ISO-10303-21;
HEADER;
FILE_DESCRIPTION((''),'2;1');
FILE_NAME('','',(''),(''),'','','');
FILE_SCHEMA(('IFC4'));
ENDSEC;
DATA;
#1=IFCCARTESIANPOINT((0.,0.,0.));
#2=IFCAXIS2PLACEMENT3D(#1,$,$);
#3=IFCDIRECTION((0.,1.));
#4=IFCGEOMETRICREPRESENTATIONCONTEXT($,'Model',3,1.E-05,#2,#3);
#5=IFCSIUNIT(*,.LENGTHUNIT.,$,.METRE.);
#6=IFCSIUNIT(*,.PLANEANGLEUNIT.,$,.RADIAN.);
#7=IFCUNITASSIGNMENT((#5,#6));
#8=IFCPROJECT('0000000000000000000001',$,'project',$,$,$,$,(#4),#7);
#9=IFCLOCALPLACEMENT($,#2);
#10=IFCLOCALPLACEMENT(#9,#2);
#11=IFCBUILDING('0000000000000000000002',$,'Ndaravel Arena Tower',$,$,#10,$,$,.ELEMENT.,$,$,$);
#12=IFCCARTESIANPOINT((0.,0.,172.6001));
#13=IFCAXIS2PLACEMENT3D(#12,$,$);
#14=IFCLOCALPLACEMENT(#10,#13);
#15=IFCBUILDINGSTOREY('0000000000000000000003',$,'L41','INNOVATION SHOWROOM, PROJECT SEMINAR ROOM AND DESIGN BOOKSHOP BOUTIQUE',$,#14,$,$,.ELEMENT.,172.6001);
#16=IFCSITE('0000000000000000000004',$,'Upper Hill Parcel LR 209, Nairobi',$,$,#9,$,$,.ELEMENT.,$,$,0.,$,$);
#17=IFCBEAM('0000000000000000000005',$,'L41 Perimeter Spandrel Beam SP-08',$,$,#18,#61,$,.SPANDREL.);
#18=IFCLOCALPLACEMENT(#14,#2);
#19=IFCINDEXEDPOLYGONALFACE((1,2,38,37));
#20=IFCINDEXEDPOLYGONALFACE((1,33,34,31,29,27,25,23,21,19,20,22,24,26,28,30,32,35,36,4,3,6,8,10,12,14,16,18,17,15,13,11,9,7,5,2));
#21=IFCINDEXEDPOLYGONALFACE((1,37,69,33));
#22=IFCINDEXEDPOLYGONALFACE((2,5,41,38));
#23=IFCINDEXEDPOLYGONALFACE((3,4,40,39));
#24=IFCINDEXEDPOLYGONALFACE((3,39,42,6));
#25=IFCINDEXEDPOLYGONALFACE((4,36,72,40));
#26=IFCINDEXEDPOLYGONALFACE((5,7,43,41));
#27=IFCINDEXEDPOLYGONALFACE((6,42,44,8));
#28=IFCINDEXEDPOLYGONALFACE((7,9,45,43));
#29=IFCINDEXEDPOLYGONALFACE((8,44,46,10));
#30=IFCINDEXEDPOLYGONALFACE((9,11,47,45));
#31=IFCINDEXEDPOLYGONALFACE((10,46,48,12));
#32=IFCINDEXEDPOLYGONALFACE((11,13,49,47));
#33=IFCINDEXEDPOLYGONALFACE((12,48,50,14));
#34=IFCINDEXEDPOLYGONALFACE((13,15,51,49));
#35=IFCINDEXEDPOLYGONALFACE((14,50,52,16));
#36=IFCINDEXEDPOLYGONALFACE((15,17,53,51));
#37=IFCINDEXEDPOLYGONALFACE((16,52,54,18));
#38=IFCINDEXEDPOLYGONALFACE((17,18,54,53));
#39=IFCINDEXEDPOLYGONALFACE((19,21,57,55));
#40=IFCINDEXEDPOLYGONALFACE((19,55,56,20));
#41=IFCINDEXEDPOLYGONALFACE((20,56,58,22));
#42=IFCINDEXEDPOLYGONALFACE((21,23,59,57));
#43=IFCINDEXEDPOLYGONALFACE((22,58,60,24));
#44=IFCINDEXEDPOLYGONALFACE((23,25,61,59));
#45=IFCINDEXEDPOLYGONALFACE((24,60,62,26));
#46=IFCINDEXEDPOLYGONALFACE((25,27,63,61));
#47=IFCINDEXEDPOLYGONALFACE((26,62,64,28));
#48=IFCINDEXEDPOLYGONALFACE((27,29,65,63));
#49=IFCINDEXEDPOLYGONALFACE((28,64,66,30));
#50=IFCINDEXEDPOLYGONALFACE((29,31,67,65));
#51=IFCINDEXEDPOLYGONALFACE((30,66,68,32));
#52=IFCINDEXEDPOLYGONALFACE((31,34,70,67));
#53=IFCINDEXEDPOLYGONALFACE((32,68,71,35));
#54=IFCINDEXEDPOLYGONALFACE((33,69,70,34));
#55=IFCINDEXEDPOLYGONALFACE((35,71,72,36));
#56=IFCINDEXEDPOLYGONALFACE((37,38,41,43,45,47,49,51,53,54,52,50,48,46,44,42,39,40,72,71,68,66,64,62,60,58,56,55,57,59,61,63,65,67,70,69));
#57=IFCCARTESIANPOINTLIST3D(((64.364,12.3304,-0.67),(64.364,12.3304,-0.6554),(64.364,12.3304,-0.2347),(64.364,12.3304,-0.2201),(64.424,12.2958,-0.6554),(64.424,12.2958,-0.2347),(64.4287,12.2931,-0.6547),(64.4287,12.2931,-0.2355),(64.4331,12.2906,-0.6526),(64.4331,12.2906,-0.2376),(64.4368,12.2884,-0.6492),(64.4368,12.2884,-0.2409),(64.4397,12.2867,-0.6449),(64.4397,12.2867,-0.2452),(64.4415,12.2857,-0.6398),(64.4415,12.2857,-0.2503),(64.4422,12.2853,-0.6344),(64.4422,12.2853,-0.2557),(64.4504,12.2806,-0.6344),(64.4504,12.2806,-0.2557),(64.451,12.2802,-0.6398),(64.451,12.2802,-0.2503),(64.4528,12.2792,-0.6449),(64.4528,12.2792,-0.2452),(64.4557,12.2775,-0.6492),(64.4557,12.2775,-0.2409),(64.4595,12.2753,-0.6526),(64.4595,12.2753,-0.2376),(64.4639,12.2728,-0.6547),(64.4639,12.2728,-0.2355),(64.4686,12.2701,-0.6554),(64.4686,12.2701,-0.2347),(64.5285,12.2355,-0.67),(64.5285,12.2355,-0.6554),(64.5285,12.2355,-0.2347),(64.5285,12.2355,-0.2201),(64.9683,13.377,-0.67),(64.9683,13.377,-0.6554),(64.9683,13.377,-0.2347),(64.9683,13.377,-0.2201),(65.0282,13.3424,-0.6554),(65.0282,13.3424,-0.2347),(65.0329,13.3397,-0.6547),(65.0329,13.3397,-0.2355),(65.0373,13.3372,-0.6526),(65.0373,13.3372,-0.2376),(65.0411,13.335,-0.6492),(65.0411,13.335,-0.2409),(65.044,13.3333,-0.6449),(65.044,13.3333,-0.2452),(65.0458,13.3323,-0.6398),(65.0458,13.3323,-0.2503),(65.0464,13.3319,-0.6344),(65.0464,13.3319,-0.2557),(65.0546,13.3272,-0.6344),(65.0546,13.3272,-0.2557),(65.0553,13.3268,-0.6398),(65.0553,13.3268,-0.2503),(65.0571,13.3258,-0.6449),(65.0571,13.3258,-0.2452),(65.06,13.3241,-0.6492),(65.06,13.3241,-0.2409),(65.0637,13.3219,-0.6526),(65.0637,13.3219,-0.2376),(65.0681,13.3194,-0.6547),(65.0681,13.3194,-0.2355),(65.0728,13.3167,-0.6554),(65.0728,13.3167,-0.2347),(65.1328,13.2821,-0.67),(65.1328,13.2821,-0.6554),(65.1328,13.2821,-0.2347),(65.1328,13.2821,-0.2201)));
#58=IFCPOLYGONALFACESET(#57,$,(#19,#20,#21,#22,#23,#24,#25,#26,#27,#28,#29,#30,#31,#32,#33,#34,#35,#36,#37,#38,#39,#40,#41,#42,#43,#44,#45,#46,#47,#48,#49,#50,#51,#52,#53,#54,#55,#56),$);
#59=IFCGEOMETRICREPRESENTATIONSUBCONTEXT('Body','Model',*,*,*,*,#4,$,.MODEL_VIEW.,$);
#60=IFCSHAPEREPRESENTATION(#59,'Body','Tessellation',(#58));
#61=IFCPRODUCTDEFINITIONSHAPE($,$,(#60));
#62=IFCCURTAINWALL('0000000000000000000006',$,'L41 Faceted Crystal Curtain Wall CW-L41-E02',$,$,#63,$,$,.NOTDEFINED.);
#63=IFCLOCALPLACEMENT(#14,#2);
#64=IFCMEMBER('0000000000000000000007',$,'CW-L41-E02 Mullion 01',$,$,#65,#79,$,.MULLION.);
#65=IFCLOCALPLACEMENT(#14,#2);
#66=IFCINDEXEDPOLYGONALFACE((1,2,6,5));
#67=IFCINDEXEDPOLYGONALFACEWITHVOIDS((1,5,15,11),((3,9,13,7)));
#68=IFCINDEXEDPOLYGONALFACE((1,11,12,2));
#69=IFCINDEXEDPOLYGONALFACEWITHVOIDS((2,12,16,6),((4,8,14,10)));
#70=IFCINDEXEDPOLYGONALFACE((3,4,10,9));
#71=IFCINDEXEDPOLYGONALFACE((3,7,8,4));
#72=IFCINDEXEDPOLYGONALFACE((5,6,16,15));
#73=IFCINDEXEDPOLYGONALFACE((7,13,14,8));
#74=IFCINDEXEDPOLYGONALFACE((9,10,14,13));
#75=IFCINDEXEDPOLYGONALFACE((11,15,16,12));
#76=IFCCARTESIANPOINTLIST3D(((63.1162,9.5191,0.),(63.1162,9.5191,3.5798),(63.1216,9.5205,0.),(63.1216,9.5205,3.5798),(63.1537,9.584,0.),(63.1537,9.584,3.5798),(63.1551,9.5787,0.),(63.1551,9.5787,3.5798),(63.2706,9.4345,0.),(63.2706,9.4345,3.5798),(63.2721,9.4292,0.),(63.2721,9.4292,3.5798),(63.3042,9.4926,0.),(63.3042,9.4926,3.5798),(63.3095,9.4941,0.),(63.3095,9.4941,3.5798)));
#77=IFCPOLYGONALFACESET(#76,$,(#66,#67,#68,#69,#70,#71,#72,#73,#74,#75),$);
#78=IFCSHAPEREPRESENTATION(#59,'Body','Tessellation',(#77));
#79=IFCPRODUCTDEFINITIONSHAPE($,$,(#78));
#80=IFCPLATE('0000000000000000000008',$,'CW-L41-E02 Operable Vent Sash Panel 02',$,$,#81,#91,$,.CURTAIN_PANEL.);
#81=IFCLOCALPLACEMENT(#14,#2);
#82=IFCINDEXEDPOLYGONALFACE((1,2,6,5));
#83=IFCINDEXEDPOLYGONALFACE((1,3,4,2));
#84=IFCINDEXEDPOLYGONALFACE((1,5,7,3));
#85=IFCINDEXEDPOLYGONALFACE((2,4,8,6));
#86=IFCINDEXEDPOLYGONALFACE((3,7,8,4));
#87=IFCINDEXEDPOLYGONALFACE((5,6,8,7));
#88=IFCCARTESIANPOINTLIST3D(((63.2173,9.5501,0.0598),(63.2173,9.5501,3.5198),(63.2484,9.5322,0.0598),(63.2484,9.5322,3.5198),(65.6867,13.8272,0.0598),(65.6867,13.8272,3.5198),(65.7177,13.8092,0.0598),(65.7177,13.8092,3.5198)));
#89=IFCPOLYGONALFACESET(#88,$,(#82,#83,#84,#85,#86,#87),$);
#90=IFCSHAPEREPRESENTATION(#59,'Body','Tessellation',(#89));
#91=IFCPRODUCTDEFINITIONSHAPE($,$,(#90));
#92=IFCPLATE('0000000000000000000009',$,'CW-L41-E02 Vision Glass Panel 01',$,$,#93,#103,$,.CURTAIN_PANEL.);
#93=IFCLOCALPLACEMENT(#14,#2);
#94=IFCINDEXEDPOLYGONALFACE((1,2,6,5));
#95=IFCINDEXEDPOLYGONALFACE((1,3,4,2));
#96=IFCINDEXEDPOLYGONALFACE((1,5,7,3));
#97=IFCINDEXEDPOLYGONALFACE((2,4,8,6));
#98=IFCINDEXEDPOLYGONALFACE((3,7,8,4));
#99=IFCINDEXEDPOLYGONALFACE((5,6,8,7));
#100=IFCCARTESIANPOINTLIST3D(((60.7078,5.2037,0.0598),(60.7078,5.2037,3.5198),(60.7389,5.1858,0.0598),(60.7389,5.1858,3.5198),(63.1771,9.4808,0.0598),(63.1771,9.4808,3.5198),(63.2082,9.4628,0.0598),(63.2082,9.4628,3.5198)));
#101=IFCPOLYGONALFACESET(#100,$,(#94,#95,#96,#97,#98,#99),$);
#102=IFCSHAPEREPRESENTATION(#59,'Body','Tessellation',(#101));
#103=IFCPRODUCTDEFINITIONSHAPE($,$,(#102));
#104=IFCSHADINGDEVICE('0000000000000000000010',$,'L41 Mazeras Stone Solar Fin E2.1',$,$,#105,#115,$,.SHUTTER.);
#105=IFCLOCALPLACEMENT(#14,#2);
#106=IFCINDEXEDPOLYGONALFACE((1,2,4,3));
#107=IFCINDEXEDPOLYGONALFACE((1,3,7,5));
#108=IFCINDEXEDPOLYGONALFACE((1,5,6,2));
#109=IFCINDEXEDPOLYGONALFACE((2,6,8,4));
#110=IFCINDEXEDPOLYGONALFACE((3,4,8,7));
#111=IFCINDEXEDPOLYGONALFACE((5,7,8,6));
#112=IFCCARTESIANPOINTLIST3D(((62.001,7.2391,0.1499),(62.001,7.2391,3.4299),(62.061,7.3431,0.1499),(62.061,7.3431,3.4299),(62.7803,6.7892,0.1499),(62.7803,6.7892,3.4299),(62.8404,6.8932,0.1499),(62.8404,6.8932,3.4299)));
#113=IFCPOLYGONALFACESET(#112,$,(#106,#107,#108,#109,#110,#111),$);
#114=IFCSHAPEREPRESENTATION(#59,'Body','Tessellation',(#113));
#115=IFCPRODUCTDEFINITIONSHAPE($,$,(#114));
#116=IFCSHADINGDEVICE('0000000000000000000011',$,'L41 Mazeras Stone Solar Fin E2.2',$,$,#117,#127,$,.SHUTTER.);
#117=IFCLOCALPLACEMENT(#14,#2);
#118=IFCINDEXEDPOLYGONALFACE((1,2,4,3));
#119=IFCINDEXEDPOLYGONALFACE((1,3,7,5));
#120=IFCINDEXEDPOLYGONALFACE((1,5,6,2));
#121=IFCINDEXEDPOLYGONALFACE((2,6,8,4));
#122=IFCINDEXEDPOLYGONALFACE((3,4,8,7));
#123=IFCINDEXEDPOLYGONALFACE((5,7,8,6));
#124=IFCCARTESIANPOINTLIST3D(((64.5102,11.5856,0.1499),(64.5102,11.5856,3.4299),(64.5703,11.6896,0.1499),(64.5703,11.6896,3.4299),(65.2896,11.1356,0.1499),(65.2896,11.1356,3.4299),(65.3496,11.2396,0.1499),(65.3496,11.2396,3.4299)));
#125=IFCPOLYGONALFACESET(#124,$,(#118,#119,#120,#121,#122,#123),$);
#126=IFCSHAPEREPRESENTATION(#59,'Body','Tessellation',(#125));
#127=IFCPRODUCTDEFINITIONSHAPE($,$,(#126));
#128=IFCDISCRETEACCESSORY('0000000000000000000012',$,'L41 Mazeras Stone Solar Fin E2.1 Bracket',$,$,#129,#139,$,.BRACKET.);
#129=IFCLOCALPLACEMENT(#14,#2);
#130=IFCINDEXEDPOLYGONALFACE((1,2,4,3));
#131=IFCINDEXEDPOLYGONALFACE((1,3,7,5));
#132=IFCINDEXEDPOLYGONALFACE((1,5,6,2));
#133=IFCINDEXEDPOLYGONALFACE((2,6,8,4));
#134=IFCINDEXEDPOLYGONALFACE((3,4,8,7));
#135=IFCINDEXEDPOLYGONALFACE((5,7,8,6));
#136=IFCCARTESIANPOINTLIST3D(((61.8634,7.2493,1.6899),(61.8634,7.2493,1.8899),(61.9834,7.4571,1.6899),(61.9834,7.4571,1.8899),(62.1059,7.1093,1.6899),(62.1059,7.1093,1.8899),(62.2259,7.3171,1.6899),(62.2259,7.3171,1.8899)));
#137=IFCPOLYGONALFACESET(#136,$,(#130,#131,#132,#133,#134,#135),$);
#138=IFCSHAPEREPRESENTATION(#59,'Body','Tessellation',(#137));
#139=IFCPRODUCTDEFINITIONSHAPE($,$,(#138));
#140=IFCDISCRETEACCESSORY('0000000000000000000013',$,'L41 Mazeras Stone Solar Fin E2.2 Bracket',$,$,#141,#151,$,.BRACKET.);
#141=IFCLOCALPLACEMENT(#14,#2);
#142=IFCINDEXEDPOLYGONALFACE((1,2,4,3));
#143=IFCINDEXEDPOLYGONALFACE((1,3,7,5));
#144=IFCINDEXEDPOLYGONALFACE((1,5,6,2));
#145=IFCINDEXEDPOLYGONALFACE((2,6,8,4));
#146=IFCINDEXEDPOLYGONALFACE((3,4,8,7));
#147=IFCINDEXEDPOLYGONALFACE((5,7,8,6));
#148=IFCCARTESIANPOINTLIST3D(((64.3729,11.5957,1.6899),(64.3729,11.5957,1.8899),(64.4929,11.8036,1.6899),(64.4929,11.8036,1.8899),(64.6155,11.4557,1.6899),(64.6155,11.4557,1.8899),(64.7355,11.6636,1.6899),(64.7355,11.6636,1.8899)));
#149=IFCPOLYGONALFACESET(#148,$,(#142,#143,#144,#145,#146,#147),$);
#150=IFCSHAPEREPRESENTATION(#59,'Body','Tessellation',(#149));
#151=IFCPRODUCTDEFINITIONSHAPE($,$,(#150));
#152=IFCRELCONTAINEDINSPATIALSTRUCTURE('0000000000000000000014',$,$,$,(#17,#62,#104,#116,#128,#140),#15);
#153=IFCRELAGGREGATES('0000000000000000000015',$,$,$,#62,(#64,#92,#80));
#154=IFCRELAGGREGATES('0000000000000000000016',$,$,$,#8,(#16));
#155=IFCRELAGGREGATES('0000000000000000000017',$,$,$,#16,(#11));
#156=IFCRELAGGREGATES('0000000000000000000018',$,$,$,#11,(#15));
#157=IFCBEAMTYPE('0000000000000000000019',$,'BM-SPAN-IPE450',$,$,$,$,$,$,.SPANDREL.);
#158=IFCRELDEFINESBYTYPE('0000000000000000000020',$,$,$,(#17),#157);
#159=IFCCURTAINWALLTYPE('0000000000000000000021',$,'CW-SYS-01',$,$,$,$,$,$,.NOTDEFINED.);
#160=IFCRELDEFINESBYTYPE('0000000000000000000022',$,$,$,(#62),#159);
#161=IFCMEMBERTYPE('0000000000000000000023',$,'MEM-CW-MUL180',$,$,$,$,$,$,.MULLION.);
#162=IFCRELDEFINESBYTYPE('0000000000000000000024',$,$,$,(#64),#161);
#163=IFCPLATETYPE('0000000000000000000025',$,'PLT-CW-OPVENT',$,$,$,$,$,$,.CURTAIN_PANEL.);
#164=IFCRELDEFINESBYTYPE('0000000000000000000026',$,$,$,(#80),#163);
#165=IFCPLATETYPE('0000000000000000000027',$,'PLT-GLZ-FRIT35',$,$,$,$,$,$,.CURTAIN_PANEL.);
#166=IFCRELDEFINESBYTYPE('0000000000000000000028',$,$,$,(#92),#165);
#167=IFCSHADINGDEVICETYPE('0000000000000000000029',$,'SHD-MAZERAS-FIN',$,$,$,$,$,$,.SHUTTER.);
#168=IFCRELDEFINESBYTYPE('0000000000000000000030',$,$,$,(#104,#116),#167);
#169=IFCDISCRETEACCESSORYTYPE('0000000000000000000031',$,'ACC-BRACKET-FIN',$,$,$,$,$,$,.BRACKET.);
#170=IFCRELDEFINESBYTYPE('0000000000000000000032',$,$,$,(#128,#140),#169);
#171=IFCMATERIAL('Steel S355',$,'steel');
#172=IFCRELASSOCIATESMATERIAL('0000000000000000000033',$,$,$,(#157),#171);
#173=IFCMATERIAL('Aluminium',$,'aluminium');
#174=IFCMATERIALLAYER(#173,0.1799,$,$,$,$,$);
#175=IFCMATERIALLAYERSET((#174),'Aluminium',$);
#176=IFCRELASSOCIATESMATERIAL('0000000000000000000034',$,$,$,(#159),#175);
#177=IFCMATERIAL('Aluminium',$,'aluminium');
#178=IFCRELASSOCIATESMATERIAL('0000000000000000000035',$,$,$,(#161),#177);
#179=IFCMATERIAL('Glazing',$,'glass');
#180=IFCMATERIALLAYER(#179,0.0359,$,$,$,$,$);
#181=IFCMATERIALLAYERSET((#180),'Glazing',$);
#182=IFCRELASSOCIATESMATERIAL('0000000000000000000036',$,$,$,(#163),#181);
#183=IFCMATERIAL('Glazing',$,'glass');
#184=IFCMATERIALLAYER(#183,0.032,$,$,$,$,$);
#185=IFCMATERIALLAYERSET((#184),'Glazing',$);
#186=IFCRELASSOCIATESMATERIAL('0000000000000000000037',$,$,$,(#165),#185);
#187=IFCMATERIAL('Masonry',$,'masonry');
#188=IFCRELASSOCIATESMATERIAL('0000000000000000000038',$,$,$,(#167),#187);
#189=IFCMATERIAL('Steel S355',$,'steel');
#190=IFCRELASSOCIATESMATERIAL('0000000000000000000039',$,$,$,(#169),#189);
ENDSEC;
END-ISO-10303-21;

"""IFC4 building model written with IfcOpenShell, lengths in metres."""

from ifc_helpers import new_model, si_unit, direction, frame, origin, origin_2d, place, context, subcontext, project, spatial, rectangle, hollow_rectangle, i_section, extrude, material, layer, layer_set, material_profile, profile_set, type_object, element, aggregate, save


model = new_model("IFC4")

# Units and contexts
model_context = context("Model", 3, precision=1e-05, world=origin(), true_north=direction((0.0, 1.0)))
body_context = subcontext(model_context, "Body", "Model", "MODEL_VIEW")
ifc_project = project(units=[si_unit("LENGTHUNIT", "METRE"), si_unit("PLANEANGLEUNIT", "RADIAN")], contexts=[model_context])

# Site, building, storey
site_placement = place(None, origin())
site = spatial("IfcSite", under=ifc_project, at=site_placement, Name="Upper Hill Parcel LR 209, Nairobi", CompositionType="ELEMENT", RefElevation=0.0)
building_placement = place(site_placement, origin())
building = spatial("IfcBuilding", under=site, at=building_placement, Name="Ndaravel Arena Tower", CompositionType="ELEMENT")
storey_placement = place(building_placement, frame((0.0, 0.0, 172.6001)))
storey = spatial("IfcBuildingStorey", under=building, at=storey_placement, Name="L41", Description="INNOVATION SHOWROOM, PROJECT SEMINAR ROOM AND DESIGN BOOKSHOP BOUTIQUE", CompositionType="ELEMENT", Elevation=172.6001)

# Beam
ifc_material_1 = material(Name="Steel S355", Category="steel")
ifc_material_profile_1 = material_profile(ifc_material_1, i_section(OverallWidth=0.1899, OverallDepth=0.45, WebThickness=0.0095, FlangeThickness=0.0146, FilletRadius=0.021, at=origin_2d()), Name="IPE 450")
ifc_profile_set_1 = profile_set([ifc_material_profile_1], Name="Steel S355")
beam_type = type_object("IfcBeamType", Name="BM-SPAN-IPE450", PredefinedType="SPANDREL", material=ifc_profile_set_1)
for number, where, z_axis, x_axis, name in (
    (1, (64.4463, 12.283, -0.4451), (0.499985, 0.866034, 0.0), (-0.866034, 0.499985, 0.0), "L41 Perimeter Spandrel Beam SP-08"),
):
    element("IfcBeam", number, at=place(storey_placement, frame(where, z_axis=z_axis, x_axis=x_axis)), inside=storey, type_object=beam_type, Name=name, PredefinedType="SPANDREL", context=body_context, shape_type="SweptSolid", body=[
        extrude(i_section(OverallWidth=0.1899, OverallDepth=0.45, WebThickness=0.0095, FlangeThickness=0.0146, FilletRadius=0.021, at=origin_2d()), origin(), (0.0, 0.0, 1.0), 1.2085),
    ])

# Curtain wall, member, plates
ifc_material_2 = material(Name="Aluminium", Category="aluminium")
ifc_layer_1 = layer(ifc_material_2, 0.1799)
ifc_layer_set_1 = layer_set([ifc_layer_1], Name="Aluminium")
curtain_wall_type = type_object("IfcCurtainWallType", Name="CW-SYS-01", PredefinedType="NOTDEFINED", material=ifc_layer_set_1)
curtain_wall_placement = place(storey_placement, origin())
curtain_wall = element("IfcCurtainWall", 2, at=curtain_wall_placement, inside=storey, type_object=curtain_wall_type, Name="L41 Faceted Crystal Curtain Wall CW-L41-E02", PredefinedType="NOTDEFINED")
ifc_material_3 = material(Name="Aluminium", Category="aluminium")
ifc_material_profile_2 = material_profile(ifc_material_3, hollow_rectangle(XDim=0.075, YDim=0.1799, WallThickness=0.0039, at=origin_2d()), Name="CW MULLION 75x180x4")
ifc_profile_set_2 = profile_set([ifc_material_profile_2], Name="Aluminium")
member_type = type_object("IfcMemberType", Name="MEM-CW-MUL180", PredefinedType="MULLION", material=ifc_profile_set_2)
member_placement = place(storey_placement, frame((63.2129, 9.5066, 0.0), z_axis=(0.0, 0.0, 1.0), x_axis=(0.5, 0.866025, 0.0)))
member = element("IfcMember", 3, at=member_placement, type_object=member_type, Name="CW-L41-E02 Mullion 01", PredefinedType="MULLION", context=body_context, shape_type="SweptSolid", body=[
    extrude(hollow_rectangle(XDim=0.075, YDim=0.1799, WallThickness=0.0039, at=origin_2d()), origin(), (0.0, 0.0, 1.0), 3.5798),
])
ifc_material_4 = material(Name="Glazing", Category="glass")
ifc_layer_2 = layer(ifc_material_4, 0.0359)
ifc_layer_set_2 = layer_set([ifc_layer_2], Name="Glazing")
plate_type_1 = type_object("IfcPlateType", Name="PLT-CW-OPVENT", PredefinedType="CURTAIN_PANEL", material=ifc_layer_set_2)
plate_1_placement = place(storey_placement, frame((64.4675, 11.6797, 0.0598), z_axis=(0.0, 0.0, 1.0), x_axis=(0.5, 0.866025, 0.0)))
plate_1 = element("IfcPlate", 4, at=plate_1_placement, type_object=plate_type_1, Name="CW-L41-E02 Operable Vent Sash Panel 02", PredefinedType="CURTAIN_PANEL", context=body_context, shape_type="SweptSolid", body=[
    extrude(rectangle(XDim=4.9387, YDim=0.0359, at=origin_2d()), origin(), (0.0, 0.0, 1.0), 3.46),
])
ifc_material_5 = material(Name="Glazing", Category="glass")
ifc_layer_3 = layer(ifc_material_5, 0.032)
ifc_layer_set_3 = layer_set([ifc_layer_3], Name="Glazing")
plate_type_2 = type_object("IfcPlateType", Name="PLT-GLZ-FRIT35", PredefinedType="CURTAIN_PANEL", material=ifc_layer_set_3)
plate_2_placement = place(storey_placement, frame((61.958, 7.3333, 0.0598), z_axis=(0.0, 0.0, 1.0), x_axis=(0.5, 0.866025, 0.0)))
plate_2 = element("IfcPlate", 5, at=plate_2_placement, type_object=plate_type_2, Name="CW-L41-E02 Vision Glass Panel 01", PredefinedType="CURTAIN_PANEL", context=body_context, shape_type="SweptSolid", body=[
    extrude(rectangle(XDim=4.9387, YDim=0.0359, at=origin_2d()), origin(), (0.0, 0.0, 1.0), 3.46),
])
aggregate(curtain_wall, [member, plate_2, plate_1])

# Shading devices
ifc_material_6 = material(Name="Masonry", Category="masonry")
shading_device_type = type_object("IfcShadingDeviceType", Name="SHD-MAZERAS-FIN", PredefinedType="SHUTTER", material=ifc_material_6)
for number, where, z_axis, x_axis, name in (
    (6, (62.4207, 7.0662, 0.1499), (0.0, 0.0, 1.0), (0.866025, -0.5, 0.0), "L41 Mazeras Stone Solar Fin E2.1"),
    (7, (64.9299, 11.4126, 0.1499), (0.0, 0.0, 1.0), (0.866025, -0.5, 0.0), "L41 Mazeras Stone Solar Fin E2.2"),
):
    element("IfcShadingDevice", number, at=place(storey_placement, frame(where, z_axis=z_axis, x_axis=x_axis)), inside=storey, type_object=shading_device_type, Name=name, PredefinedType="SHUTTER", context=body_context, shape_type="SweptSolid", body=[
        extrude(rectangle(XDim=0.8999, YDim=0.1201, at=origin_2d()), origin(), (0.0, 0.0, 1.0), 3.28),
    ])

# Discrete accessories
ifc_material_7 = material(Name="Steel S355", Category="steel")
discrete_accessory_type = type_object("IfcDiscreteAccessoryType", Name="ACC-BRACKET-FIN", PredefinedType="BRACKET", material=ifc_material_7)
for number, where, z_axis, x_axis, name in (
    (8, (62.0447, 7.2832, 1.6899), (0.0, 0.0, 1.0), (0.866025, -0.5, 0.0), "L41 Mazeras Stone Solar Fin E2.1 Bracket"),
    (9, (64.5542, 11.6296, 1.6899), (0.0, 0.0, 1.0), (0.866025, -0.5, 0.0), "L41 Mazeras Stone Solar Fin E2.2 Bracket"),
):
    element("IfcDiscreteAccessory", number, at=place(storey_placement, frame(where, z_axis=z_axis, x_axis=x_axis)), inside=storey, type_object=discrete_accessory_type, Name=name, PredefinedType="BRACKET", context=body_context, shape_type="SweptSolid", body=[
        extrude(rectangle(XDim=0.28, YDim=0.24, at=origin_2d()), origin(), (0.0, 0.0, 1.0), 0.2),
    ])

save(model, "model.ifc")
